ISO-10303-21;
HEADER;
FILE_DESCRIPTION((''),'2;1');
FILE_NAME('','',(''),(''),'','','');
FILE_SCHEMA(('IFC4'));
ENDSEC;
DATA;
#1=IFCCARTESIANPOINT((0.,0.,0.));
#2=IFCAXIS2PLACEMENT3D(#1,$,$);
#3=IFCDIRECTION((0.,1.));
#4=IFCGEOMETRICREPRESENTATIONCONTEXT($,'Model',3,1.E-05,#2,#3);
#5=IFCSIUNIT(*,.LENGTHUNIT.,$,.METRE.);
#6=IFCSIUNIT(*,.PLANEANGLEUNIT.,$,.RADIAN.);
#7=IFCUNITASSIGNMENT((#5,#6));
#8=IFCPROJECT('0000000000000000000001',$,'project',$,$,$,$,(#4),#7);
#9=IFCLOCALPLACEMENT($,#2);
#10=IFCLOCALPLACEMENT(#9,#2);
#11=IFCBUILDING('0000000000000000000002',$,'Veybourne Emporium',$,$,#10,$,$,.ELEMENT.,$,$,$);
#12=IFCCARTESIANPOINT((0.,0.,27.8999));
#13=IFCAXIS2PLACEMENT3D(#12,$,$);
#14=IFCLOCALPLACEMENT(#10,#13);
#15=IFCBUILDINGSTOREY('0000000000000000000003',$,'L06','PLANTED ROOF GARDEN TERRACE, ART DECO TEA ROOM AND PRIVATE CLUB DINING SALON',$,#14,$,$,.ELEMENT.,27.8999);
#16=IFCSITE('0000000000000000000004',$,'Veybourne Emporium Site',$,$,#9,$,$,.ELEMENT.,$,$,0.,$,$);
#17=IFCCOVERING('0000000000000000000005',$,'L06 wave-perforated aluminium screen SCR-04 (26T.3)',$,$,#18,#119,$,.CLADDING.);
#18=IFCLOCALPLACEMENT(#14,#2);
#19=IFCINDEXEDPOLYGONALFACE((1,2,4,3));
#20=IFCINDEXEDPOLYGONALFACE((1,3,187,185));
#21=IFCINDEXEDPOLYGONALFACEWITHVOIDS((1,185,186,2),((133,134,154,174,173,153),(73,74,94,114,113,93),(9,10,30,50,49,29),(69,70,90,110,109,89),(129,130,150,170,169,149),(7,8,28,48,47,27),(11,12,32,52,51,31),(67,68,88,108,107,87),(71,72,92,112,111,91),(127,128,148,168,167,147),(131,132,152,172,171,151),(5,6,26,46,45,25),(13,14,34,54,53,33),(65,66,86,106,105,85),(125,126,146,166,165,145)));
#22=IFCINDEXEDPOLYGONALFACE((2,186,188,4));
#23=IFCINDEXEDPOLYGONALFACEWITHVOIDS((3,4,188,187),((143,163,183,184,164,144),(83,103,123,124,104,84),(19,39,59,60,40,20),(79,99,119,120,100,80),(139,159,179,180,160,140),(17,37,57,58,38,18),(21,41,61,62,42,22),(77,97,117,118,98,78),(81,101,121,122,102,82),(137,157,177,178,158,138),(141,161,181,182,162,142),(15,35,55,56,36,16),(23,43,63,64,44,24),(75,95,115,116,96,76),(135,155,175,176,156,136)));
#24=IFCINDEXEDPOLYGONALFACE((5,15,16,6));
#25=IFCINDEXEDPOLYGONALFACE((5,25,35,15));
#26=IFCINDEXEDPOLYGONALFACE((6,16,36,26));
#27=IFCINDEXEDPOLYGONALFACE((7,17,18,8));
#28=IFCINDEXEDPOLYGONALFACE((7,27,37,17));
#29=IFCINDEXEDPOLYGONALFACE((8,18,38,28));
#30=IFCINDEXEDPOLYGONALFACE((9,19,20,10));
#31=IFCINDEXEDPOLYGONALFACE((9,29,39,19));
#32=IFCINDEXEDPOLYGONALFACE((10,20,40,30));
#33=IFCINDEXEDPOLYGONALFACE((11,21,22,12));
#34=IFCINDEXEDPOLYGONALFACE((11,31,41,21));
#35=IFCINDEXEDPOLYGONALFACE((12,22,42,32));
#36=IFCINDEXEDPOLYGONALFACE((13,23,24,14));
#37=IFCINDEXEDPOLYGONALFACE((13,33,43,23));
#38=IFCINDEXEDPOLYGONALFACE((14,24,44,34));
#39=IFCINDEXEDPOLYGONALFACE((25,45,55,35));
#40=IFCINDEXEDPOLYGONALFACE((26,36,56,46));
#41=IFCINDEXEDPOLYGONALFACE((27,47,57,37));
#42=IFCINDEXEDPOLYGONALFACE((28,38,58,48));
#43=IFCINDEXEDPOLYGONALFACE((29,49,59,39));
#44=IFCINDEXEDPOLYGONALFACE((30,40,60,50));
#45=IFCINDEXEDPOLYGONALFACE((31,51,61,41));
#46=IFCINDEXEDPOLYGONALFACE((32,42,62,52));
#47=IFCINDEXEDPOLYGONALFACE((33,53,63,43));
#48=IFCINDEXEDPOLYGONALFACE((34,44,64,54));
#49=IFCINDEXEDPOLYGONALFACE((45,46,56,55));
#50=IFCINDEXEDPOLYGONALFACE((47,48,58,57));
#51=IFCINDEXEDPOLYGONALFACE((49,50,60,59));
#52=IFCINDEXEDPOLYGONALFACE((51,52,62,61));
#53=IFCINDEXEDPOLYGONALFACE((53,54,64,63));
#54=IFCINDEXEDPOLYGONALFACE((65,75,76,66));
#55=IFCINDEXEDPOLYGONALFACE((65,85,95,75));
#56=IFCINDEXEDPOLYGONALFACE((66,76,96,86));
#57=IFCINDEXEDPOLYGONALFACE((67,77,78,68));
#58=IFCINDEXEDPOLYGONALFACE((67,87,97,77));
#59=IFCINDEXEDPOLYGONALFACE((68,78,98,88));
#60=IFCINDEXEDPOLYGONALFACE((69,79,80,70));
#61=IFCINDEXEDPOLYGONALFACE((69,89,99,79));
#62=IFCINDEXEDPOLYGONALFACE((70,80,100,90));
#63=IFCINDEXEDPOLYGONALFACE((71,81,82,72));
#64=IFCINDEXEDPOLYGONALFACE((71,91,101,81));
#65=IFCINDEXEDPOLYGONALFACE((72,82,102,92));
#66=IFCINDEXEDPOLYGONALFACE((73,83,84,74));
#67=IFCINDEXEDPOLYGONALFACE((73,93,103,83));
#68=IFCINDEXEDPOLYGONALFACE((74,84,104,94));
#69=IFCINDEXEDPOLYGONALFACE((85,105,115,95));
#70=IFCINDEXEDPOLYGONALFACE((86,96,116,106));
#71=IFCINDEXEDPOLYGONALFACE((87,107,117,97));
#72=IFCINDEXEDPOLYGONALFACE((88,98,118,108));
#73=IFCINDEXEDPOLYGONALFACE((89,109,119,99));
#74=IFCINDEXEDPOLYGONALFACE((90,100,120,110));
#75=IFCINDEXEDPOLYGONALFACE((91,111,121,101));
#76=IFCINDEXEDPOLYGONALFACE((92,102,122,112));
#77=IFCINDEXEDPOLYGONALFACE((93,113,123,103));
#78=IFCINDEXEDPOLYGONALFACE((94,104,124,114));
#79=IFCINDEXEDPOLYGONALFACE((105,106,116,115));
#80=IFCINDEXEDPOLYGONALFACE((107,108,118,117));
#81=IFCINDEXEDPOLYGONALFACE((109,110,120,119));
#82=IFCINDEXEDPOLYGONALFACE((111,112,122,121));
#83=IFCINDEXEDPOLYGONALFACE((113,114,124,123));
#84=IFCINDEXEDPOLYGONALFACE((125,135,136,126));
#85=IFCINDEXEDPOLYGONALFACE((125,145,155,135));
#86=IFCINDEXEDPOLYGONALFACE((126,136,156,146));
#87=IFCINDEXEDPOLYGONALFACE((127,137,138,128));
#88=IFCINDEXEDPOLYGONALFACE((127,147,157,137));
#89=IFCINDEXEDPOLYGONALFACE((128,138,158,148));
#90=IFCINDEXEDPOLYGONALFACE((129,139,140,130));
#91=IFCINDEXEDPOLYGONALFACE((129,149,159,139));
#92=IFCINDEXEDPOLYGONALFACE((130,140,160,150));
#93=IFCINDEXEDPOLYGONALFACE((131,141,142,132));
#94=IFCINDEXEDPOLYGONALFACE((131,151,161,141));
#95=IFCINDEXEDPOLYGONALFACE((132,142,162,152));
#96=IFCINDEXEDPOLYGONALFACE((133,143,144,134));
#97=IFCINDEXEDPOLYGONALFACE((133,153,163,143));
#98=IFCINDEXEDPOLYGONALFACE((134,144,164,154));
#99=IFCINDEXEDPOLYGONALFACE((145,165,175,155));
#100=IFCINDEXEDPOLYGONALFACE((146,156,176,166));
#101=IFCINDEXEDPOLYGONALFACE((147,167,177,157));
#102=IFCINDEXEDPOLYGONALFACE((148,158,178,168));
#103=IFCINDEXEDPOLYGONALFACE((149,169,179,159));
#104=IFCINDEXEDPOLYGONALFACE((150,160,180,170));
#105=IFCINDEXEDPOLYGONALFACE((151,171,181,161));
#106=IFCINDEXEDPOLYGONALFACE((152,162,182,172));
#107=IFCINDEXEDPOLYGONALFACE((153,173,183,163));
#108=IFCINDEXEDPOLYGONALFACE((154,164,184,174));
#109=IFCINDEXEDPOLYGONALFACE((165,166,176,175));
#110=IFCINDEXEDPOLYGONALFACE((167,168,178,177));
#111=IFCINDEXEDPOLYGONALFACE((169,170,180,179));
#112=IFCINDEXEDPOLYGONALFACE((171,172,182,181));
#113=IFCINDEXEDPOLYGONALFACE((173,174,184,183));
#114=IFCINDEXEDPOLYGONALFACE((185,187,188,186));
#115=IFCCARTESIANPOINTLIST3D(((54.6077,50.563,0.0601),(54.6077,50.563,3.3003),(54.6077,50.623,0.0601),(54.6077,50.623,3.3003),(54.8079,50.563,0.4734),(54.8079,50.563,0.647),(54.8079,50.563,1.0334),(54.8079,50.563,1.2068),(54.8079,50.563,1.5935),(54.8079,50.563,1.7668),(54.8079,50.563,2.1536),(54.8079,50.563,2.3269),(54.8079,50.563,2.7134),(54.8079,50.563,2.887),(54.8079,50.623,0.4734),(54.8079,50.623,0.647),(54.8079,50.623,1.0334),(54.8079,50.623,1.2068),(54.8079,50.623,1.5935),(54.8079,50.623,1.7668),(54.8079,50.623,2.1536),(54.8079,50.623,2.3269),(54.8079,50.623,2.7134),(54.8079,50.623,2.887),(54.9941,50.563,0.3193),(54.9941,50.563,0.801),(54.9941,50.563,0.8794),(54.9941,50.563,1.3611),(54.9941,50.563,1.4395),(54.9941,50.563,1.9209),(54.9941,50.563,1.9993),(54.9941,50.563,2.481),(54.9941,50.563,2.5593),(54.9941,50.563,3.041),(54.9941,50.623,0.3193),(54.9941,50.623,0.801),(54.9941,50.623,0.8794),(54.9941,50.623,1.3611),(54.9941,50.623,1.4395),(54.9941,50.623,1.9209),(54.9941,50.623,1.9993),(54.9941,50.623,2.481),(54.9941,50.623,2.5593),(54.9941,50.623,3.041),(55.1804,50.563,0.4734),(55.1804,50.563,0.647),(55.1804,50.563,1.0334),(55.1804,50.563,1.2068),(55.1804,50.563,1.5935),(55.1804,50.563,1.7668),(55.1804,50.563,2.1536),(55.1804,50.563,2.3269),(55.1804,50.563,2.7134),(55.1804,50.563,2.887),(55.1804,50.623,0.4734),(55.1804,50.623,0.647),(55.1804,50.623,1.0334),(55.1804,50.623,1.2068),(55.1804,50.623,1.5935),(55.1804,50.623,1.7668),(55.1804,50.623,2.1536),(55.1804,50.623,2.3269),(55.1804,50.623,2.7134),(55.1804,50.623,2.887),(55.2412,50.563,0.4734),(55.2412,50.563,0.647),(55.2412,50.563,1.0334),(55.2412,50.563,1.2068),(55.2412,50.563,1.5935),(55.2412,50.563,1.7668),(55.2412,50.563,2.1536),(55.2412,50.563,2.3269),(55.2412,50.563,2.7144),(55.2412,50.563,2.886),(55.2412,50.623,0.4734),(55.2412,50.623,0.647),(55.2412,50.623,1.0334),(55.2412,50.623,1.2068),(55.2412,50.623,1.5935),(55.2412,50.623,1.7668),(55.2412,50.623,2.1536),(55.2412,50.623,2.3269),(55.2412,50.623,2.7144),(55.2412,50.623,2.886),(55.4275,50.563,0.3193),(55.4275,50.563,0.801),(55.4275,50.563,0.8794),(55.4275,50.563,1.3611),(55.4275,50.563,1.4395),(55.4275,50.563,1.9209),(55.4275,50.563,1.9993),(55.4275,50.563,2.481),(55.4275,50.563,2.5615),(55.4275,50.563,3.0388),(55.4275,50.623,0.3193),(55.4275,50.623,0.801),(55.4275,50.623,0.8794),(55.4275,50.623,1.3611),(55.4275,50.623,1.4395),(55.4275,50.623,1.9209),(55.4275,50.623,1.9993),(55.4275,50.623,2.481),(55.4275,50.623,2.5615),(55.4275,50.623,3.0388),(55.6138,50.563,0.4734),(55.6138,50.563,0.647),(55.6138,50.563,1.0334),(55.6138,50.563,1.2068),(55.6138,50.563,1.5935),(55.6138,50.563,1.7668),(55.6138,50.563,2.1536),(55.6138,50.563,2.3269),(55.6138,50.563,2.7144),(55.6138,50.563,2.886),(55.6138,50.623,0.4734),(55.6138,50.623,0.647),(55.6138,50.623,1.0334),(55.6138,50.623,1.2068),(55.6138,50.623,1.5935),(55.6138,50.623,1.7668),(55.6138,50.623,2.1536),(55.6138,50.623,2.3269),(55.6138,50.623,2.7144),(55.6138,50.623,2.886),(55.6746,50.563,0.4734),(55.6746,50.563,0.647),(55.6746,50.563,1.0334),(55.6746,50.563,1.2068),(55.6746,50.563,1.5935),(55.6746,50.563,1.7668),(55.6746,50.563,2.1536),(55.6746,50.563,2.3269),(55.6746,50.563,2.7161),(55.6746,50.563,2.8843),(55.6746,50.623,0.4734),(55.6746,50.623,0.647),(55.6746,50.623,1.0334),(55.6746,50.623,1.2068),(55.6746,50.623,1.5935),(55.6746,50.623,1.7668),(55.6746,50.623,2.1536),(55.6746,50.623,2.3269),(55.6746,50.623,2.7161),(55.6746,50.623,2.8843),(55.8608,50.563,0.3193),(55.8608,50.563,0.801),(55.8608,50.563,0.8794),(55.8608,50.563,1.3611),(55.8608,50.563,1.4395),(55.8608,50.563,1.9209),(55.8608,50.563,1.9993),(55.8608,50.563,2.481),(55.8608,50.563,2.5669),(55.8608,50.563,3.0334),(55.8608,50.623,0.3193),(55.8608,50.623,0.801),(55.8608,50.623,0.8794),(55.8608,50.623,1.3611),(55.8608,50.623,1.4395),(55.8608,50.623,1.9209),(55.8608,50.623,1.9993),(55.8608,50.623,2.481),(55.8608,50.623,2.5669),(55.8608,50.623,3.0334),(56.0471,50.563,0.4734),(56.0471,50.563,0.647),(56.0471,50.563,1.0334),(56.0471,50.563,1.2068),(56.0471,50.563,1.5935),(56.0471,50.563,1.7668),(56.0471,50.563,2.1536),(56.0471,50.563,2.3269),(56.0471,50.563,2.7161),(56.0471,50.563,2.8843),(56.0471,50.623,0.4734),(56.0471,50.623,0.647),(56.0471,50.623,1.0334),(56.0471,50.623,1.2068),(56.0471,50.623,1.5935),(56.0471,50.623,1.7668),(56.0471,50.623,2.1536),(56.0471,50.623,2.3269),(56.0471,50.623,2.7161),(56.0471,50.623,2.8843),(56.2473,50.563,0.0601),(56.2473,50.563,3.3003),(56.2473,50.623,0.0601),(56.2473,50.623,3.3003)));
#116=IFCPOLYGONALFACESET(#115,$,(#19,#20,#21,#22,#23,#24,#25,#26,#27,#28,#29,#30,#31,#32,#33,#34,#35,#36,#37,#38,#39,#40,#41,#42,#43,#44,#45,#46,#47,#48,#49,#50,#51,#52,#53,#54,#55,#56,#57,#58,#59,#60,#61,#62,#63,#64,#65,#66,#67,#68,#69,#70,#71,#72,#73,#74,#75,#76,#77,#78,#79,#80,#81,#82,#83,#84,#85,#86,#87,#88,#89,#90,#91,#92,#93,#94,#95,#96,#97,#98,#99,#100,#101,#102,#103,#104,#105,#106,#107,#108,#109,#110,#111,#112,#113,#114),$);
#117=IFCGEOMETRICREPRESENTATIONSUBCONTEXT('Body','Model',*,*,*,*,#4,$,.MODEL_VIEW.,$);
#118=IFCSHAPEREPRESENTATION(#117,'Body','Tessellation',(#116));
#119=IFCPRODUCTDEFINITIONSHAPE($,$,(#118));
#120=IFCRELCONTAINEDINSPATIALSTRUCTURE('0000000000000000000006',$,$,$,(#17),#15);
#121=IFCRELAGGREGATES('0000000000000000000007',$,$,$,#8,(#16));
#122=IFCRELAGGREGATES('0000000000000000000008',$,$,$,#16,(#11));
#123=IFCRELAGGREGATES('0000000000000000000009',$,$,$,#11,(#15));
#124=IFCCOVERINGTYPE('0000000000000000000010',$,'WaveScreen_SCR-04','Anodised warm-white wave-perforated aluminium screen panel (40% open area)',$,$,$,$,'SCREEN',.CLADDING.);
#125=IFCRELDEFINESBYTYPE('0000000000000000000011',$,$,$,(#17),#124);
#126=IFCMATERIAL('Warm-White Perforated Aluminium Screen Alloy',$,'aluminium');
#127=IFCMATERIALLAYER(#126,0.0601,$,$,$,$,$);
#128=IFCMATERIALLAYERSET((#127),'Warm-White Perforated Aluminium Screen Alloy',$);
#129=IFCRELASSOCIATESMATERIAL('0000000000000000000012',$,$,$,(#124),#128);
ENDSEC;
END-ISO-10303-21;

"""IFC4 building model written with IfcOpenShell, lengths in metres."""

from ifc_helpers import new_model, si_unit, direction, frame, origin, place, context, subcontext, project, spatial, polyline, outline, extrude, material, layer, layer_set, type_object, element, save


model = new_model("IFC4")

# Units and contexts
model_context = context("Model", 3, precision=1e-05, world=origin(), true_north=direction((0.0, 1.0)))
body_context = subcontext(model_context, "Body", "Model", "MODEL_VIEW")
ifc_project = project(units=[si_unit("LENGTHUNIT", "METRE"), si_unit("PLANEANGLEUNIT", "RADIAN")], contexts=[model_context])

# Site, building, storey
site_placement = place(None, origin())
site = spatial("IfcSite", under=ifc_project, at=site_placement, Name="Veybourne Emporium Site", CompositionType="ELEMENT", RefElevation=0.0)
building_placement = place(site_placement, origin())
building = spatial("IfcBuilding", under=site, at=building_placement, Name="Veybourne Emporium", CompositionType="ELEMENT")
storey_placement = place(building_placement, frame((0.0, 0.0, 27.8999)))
storey = spatial("IfcBuildingStorey", under=building, at=storey_placement, Name="L06", Description="PLANTED ROOF GARDEN TERRACE, ART DECO TEA ROOM AND PRIVATE CLUB DINING SALON", CompositionType="ELEMENT", Elevation=27.8999)

# Covering
ifc_material_1 = material(Name="Warm-White Perforated Aluminium Screen Alloy", Category="aluminium")
ifc_layer_1 = layer(ifc_material_1, 0.0601)
ifc_layer_set_1 = layer_set([ifc_layer_1], Name="Warm-White Perforated Aluminium Screen Alloy")
covering_type_1 = type_object("IfcCoveringType", Name="WaveScreen_SCR-04", Description="Anodised warm-white wave-perforated aluminium screen panel (40% open area)", ElementType="SCREEN", PredefinedType="CLADDING", material=ifc_layer_set_1)
covering_1_placement = place(storey_placement, frame((55.4275, 50.623, 1.6802), z_axis=(0.0, -1.0, 0.0), x_axis=(1.0, 0.0, 0.0)))
element("IfcCovering", 1, at=covering_1_placement, inside=storey, type_object=covering_type_1, Name="L06 wave-perforated aluminium screen SCR-04 (26T.3)", PredefinedType="CLADDING", context=body_context, shape_type="SweptSolid", body=[
    extrude(outline(polyline([(-0.8198, -1.6201), (0.8198, -1.6201), (0.8198, 1.6201), (-0.8198, 1.6201), (-0.8198, -1.6201)]), holes=[polyline([(-0.4333, -0.8792), (-0.2471, -1.0332), (-0.2471, -1.2068), (-0.4333, -1.3608), (-0.6196, -1.2068), (-0.6196, -1.0332), (-0.4333, -0.8792)]), polyline([(-0.4333, -0.3191), (-0.2471, -0.4734), (-0.2471, -0.6467), (-0.4333, -0.8008), (-0.6196, -0.6467), (-0.6196, -0.4734), (-0.4333, -0.3191)]), polyline([(-0.4333, 0.2407), (-0.2471, 0.0867), (-0.2471, -0.0867), (-0.4333, -0.2407), (-0.6196, -0.0867), (-0.6196, 0.0867), (-0.4333, 0.2407)]), polyline([(-0.4333, 0.8008), (-0.2471, 0.6467), (-0.2471, 0.4734), (-0.4333, 0.3191), (-0.6196, 0.4734), (-0.6196, 0.6467), (-0.4333, 0.8008)]), polyline([(-0.4333, 1.3608), (-0.2471, 1.2068), (-0.2471, 1.0332), (-0.4333, 0.8792), (-0.6196, 1.0332), (-0.6196, 1.2068), (-0.4333, 1.3608)]), polyline([(0.0, -0.8792), (0.1863, -1.0332), (0.1863, -1.2068), (0.0, -1.3608), (-0.1863, -1.2068), (-0.1863, -1.0332), (0.0, -0.8792)]), polyline([(0.0, -0.3191), (0.1863, -0.4734), (0.1863, -0.6467), (0.0, -0.8008), (-0.1863, -0.6467), (-0.1863, -0.4734), (0.0, -0.3191)]), polyline([(0.0, 0.2407), (0.1863, 0.0867), (0.1863, -0.0867), (0.0, -0.2407), (-0.1863, -0.0867), (-0.1863, 0.0867), (0.0, 0.2407)]), polyline([(0.0, 0.8008), (0.1863, 0.6467), (0.1863, 0.4734), (0.0, 0.3191), (-0.1863, 0.4734), (-0.1863, 0.6467), (0.0, 0.8008)]), polyline([(0.0, 1.3586), (0.1863, 1.2058), (0.1863, 1.0342), (0.0, 0.8813), (-0.1863, 1.0342), (-0.1863, 1.2058), (0.0, 1.3586)]), polyline([(0.4333, -0.8792), (0.6196, -1.0332), (0.6196, -1.2068), (0.4333, -1.3608), (0.2471, -1.2068), (0.2471, -1.0332), (0.4333, -0.8792)]), polyline([(0.4333, -0.3191), (0.6196, -0.4734), (0.6196, -0.6467), (0.4333, -0.8008), (0.2471, -0.6467), (0.2471, -0.4734), (0.4333, -0.3191)]), polyline([(0.4333, 0.2407), (0.6196, 0.0867), (0.6196, -0.0867), (0.4333, -0.2407), (0.2471, -0.0867), (0.2471, 0.0867), (0.4333, 0.2407)]), polyline([(0.4333, 0.8008), (0.6196, 0.6467), (0.6196, 0.4734), (0.4333, 0.3191), (0.2471, 0.4734), (0.2471, 0.6467), (0.4333, 0.8008)]), polyline([(0.4333, 1.3533), (0.6196, 1.2041), (0.6196, 1.0359), (0.4333, 0.8867), (0.2471, 1.0359), (0.2471, 1.2041), (0.4333, 1.3533)])]), origin(), (0.0, 0.0, 1.0), 0.0601),
])

save(model, "model.ifc")
